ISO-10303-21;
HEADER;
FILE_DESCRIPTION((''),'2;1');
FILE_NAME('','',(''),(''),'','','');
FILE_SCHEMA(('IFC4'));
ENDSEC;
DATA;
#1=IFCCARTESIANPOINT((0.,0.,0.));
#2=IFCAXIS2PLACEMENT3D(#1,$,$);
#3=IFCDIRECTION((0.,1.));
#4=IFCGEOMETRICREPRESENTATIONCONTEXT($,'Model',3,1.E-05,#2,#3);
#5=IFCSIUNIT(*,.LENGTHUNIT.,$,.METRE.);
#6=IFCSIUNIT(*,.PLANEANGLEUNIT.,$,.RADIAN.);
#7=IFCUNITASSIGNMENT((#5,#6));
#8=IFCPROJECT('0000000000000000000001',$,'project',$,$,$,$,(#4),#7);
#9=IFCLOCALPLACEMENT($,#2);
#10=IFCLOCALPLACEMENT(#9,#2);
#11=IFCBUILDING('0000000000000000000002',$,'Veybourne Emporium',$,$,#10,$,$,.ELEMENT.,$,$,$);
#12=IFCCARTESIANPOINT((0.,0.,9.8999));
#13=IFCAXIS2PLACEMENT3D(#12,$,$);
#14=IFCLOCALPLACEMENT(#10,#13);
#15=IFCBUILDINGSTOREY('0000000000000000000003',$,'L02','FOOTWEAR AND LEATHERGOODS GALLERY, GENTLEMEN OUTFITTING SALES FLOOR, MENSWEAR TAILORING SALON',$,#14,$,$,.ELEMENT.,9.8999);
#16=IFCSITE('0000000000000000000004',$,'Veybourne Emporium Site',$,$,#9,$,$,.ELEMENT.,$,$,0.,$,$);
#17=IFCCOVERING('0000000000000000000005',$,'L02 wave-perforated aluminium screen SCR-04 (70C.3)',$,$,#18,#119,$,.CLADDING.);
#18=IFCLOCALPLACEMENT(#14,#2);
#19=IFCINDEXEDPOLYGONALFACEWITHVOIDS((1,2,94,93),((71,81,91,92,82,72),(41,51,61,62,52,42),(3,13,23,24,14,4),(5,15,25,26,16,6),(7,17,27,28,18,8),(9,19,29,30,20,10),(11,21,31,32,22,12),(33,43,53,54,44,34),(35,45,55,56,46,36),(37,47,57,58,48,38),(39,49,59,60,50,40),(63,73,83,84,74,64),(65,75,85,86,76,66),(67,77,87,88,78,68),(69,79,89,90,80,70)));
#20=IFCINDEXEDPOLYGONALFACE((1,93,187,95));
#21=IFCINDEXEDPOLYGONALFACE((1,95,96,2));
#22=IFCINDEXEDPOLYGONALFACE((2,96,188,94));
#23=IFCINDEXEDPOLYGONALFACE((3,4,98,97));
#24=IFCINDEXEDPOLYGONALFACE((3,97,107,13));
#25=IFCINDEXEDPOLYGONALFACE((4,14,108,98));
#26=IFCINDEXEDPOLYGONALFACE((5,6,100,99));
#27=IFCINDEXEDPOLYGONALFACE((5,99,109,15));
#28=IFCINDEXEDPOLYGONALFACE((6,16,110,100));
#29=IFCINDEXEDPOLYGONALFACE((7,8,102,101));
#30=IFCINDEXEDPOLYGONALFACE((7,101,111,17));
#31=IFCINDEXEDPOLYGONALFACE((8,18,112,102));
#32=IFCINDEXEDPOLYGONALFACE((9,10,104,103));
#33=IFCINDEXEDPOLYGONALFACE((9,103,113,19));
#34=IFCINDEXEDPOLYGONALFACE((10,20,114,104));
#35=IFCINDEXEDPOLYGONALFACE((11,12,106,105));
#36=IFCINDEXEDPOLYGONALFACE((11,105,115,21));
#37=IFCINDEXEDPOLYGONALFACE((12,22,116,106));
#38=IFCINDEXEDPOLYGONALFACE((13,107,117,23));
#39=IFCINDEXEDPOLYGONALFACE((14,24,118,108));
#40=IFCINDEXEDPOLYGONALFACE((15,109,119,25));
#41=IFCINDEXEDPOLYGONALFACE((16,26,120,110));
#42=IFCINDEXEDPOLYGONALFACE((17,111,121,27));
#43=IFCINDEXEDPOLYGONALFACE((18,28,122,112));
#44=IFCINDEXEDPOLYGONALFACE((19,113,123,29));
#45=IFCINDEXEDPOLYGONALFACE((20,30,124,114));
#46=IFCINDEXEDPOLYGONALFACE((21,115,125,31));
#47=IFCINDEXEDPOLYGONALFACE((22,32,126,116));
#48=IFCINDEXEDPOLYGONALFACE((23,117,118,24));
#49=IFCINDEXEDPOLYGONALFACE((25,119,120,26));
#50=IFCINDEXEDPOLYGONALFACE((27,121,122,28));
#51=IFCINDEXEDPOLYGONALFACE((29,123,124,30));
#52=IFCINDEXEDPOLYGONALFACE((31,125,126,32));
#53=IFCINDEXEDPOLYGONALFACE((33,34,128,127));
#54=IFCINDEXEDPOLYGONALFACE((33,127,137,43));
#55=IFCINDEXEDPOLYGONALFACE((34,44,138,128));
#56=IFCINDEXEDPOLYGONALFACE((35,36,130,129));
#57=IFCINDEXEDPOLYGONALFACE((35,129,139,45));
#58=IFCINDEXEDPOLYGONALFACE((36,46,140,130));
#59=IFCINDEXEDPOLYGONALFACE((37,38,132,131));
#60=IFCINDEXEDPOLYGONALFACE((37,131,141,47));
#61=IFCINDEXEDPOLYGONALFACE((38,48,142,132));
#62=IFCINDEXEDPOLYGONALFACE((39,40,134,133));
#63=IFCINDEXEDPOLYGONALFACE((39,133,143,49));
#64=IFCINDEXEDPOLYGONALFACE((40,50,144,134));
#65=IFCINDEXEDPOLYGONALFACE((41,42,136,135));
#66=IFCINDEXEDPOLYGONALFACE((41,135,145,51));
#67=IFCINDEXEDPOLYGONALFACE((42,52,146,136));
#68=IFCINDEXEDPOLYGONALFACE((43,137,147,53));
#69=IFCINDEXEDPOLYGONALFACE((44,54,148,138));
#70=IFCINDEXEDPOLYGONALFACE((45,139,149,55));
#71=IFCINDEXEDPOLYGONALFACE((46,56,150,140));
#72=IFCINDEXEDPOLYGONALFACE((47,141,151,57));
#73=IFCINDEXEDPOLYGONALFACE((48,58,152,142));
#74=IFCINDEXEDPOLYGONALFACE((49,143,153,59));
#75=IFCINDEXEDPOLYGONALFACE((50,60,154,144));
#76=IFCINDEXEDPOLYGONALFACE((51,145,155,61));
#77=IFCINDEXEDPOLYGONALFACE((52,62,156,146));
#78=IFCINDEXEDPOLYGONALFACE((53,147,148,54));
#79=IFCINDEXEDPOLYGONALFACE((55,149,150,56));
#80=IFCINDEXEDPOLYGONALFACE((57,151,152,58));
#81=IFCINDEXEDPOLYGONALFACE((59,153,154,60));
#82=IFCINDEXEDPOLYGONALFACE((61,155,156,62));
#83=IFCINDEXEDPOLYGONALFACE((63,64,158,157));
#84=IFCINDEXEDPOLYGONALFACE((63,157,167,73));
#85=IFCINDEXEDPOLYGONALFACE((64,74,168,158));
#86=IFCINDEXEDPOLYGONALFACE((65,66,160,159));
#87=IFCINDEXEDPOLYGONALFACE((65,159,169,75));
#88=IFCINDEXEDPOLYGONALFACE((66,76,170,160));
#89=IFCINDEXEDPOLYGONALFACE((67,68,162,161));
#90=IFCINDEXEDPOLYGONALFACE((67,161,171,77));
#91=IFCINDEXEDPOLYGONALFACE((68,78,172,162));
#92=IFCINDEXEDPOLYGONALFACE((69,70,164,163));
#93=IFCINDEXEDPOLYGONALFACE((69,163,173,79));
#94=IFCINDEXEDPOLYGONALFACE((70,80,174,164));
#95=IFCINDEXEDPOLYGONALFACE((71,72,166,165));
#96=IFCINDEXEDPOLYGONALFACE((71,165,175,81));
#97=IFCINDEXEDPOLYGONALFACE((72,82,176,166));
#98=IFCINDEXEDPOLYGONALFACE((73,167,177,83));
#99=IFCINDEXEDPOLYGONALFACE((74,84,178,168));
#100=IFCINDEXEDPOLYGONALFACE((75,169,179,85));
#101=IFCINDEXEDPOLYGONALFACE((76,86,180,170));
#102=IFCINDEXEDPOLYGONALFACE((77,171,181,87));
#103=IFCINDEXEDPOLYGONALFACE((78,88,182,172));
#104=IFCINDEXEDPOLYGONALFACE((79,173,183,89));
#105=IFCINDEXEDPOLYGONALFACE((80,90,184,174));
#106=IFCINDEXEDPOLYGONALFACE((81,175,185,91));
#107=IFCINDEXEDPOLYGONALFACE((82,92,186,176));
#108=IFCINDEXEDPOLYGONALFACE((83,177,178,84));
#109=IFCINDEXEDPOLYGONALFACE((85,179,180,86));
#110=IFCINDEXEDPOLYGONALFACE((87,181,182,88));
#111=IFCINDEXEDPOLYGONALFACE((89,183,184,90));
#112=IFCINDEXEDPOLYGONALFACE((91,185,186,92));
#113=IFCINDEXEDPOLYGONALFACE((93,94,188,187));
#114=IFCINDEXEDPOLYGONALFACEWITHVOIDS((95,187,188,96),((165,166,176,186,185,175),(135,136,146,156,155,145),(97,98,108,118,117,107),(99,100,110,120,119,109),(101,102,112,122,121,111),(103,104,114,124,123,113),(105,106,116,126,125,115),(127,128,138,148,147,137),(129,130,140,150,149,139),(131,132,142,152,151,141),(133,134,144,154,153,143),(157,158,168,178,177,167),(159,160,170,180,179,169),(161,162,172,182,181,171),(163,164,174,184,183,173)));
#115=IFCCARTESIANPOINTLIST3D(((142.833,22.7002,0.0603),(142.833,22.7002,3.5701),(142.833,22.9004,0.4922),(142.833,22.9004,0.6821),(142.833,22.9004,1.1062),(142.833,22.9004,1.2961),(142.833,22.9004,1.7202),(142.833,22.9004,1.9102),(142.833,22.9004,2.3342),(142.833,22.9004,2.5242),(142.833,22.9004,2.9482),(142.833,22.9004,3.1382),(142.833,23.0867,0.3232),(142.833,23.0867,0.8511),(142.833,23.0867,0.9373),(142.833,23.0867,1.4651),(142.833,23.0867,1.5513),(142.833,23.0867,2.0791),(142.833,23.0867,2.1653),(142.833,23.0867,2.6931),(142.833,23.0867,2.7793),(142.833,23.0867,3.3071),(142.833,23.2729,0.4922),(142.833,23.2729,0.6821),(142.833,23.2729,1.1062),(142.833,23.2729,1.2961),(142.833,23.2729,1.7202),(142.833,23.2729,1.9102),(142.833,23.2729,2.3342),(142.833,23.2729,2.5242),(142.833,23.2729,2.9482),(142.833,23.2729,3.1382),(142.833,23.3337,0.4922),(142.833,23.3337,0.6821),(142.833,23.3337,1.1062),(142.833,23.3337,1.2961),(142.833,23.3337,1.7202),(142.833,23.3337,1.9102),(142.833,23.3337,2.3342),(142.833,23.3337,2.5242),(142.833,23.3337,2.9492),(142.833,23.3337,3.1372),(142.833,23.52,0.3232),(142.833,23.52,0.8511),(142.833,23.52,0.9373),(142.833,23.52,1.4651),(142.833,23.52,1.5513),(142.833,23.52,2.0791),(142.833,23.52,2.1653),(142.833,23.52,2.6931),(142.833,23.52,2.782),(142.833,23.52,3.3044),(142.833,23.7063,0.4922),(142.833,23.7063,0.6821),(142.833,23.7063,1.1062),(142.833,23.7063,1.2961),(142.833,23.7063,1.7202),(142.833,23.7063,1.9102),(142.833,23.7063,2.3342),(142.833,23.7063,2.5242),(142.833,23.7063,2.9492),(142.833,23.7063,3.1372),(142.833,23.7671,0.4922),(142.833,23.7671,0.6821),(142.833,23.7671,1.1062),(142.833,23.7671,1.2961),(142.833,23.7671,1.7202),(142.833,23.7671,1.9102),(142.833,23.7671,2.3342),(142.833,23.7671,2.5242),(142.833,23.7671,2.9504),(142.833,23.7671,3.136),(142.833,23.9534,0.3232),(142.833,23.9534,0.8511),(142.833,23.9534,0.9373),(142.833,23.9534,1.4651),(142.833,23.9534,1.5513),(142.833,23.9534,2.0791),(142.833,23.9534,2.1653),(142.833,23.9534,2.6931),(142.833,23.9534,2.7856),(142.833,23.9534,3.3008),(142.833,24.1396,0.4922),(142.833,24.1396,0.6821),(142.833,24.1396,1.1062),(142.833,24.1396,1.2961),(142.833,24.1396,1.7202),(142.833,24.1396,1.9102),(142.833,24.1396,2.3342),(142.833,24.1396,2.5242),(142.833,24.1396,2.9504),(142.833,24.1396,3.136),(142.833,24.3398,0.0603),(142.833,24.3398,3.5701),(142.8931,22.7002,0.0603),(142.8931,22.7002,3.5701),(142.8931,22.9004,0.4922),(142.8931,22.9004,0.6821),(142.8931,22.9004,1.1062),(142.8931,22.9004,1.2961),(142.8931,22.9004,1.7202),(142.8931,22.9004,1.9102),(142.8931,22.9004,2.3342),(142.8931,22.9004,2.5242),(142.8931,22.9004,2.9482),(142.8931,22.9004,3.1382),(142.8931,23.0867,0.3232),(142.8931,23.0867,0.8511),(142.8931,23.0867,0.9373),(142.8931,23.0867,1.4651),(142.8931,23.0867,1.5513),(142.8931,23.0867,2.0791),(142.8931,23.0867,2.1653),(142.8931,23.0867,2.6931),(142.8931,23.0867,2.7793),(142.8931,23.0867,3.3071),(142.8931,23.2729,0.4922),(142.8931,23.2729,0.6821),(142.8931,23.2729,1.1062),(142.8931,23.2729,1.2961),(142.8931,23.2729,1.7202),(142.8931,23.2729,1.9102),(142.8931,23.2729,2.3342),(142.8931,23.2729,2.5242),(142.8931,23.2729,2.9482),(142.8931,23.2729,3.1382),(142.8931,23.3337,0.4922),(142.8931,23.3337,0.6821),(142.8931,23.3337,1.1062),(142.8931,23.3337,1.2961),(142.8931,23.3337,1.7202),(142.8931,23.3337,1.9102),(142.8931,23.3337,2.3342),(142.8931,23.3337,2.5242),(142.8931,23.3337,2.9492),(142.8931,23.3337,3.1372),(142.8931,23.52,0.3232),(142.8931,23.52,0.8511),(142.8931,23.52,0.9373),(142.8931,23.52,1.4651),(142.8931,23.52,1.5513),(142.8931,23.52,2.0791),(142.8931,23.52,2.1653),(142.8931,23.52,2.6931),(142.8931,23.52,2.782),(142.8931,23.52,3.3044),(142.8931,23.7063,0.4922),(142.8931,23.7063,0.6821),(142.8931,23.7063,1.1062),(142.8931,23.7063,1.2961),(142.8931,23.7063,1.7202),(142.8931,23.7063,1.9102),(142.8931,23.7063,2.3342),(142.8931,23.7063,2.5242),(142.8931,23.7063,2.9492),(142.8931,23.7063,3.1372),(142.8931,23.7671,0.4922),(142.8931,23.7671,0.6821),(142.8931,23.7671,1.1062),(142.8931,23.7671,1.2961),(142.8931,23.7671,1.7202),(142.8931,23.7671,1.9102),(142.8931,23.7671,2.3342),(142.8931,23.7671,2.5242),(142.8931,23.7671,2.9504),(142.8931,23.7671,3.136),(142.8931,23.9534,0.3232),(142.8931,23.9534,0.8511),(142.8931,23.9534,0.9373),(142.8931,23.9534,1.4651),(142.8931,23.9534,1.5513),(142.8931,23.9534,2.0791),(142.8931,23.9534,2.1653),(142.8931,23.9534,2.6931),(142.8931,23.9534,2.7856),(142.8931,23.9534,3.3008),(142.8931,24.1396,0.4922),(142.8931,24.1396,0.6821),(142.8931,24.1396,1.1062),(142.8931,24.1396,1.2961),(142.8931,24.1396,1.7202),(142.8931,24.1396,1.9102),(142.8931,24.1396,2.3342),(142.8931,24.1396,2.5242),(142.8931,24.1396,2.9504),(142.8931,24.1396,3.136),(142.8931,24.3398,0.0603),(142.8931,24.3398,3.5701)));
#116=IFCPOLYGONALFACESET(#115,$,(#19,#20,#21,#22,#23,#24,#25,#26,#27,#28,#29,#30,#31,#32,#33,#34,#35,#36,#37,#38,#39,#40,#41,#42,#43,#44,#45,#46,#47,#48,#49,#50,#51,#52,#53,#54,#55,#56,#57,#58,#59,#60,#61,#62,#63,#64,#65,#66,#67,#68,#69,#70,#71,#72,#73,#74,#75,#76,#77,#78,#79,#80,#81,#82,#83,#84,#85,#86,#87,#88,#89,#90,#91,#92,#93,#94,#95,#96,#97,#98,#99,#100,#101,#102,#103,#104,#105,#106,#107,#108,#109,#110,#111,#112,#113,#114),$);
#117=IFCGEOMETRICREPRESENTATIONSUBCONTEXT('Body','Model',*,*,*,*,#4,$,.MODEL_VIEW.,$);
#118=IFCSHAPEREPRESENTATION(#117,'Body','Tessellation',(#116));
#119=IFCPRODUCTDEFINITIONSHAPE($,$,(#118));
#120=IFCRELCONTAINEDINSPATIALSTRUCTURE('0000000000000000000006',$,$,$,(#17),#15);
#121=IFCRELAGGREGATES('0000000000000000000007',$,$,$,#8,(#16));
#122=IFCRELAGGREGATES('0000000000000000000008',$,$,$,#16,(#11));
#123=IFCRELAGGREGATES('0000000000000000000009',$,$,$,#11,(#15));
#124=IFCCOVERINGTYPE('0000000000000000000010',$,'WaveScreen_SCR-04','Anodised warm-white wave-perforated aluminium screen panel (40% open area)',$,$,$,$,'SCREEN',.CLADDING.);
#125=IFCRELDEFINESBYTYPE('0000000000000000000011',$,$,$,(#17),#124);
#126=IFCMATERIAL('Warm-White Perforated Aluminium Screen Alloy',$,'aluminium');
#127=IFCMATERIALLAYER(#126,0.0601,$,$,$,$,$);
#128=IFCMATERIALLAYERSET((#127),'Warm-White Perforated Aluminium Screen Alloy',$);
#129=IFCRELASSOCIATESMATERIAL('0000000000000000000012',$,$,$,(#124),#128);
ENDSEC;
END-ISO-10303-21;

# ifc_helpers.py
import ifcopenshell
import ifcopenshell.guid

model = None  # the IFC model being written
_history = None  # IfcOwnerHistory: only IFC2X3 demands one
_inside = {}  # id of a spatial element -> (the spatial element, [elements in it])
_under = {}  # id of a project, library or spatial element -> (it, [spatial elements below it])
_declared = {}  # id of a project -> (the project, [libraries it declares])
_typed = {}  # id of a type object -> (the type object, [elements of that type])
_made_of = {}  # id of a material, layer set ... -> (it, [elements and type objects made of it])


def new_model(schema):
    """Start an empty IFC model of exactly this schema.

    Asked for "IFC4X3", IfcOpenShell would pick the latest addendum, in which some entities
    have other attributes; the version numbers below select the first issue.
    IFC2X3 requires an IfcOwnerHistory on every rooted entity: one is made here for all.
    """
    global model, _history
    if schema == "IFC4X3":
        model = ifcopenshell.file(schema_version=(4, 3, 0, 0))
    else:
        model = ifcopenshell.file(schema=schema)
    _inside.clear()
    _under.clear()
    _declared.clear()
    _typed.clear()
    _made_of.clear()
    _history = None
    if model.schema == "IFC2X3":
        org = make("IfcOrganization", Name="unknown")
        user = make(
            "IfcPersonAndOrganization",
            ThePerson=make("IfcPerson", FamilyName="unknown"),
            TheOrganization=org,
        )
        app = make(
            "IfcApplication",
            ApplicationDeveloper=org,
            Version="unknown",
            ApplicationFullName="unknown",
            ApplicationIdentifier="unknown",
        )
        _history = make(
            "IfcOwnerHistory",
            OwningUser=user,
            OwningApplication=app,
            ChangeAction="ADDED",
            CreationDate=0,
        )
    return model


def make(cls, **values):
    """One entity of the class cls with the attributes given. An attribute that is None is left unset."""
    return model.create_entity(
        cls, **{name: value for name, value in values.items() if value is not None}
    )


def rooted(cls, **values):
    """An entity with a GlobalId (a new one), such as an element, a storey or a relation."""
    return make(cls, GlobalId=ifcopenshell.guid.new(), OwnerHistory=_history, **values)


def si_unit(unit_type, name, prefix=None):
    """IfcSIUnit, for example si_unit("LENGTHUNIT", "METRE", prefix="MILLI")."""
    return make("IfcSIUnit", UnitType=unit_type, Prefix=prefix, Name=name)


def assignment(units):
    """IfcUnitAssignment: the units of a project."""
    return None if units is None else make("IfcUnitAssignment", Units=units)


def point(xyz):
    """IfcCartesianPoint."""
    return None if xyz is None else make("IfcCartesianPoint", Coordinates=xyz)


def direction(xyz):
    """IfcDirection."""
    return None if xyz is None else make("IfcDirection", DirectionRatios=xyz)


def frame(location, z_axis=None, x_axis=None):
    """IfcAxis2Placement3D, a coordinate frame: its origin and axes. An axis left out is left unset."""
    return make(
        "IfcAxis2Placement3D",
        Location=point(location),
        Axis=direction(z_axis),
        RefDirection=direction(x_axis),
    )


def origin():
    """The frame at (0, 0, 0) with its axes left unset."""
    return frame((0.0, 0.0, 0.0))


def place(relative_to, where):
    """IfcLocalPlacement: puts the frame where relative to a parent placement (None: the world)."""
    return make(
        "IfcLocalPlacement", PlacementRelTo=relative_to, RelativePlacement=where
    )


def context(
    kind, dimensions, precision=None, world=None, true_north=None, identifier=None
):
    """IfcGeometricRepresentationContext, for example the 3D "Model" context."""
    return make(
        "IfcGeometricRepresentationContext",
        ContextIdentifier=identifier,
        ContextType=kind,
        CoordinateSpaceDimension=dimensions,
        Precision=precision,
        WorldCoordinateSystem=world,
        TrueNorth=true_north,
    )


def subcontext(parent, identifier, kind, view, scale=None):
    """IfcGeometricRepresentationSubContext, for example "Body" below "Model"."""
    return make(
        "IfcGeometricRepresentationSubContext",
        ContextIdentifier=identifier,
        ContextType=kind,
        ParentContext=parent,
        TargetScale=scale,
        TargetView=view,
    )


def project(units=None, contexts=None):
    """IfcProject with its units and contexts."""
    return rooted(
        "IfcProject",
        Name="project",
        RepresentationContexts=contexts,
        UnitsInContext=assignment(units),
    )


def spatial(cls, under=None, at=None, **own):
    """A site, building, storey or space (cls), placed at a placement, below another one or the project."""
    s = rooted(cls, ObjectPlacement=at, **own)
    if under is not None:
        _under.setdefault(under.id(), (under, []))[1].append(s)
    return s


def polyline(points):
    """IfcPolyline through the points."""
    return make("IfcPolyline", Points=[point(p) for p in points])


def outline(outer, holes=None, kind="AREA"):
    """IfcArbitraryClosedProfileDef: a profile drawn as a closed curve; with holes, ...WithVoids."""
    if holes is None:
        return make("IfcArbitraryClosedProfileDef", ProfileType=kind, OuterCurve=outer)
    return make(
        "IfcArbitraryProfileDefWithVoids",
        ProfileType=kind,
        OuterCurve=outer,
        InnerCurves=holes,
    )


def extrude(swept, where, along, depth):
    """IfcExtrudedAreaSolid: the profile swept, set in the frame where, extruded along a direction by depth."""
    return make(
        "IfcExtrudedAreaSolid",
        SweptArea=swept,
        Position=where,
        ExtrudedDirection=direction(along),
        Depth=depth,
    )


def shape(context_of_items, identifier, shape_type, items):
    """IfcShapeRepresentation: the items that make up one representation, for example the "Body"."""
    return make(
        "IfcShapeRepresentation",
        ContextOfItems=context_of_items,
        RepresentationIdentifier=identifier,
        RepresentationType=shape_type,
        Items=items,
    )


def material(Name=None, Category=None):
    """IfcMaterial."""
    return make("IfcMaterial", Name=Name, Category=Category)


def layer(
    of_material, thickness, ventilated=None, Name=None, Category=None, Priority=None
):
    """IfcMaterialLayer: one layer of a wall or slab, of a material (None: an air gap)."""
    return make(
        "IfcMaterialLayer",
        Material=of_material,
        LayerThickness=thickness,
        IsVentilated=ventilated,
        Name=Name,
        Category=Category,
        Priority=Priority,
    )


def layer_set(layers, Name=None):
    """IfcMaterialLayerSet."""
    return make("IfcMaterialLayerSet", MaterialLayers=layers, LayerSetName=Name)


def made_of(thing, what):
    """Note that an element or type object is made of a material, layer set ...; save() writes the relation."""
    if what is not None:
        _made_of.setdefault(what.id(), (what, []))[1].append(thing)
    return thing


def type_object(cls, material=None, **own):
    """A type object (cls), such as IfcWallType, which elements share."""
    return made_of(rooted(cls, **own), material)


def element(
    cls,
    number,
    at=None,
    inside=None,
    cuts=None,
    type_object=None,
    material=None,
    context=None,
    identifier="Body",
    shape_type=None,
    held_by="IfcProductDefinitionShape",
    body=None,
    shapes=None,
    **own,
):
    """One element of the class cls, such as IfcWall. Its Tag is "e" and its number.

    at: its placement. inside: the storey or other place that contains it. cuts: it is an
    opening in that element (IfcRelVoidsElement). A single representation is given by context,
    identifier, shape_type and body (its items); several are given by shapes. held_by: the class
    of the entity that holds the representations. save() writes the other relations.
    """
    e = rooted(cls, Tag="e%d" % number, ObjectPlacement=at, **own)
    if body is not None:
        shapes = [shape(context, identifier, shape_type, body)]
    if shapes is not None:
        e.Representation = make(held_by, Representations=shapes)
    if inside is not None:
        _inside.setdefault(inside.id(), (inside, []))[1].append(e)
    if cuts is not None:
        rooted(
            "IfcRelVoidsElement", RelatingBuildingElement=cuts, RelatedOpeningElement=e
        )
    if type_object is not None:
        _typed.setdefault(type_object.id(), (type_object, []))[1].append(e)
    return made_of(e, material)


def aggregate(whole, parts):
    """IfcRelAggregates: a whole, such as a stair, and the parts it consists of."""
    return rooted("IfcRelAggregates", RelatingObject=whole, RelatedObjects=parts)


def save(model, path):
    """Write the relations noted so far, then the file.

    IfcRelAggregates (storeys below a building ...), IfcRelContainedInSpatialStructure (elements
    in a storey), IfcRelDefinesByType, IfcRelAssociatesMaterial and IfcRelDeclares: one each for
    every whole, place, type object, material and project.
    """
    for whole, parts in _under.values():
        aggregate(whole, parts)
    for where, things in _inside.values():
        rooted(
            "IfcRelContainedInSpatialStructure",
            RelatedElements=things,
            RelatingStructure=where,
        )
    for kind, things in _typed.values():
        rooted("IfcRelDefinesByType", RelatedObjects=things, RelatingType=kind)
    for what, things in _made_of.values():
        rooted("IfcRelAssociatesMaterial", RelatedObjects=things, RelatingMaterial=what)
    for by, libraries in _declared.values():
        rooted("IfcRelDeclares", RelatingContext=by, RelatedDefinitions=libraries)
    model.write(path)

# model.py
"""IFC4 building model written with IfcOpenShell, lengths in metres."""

from ifc_helpers import new_model, si_unit, direction, frame, origin, place, context, subcontext, project, spatial, polyline, outline, extrude, material, layer, layer_set, type_object, element, save


model = new_model("IFC4")

# Units and contexts
model_context = context("Model", 3, precision=1e-05, world=origin(), true_north=direction((0.0, 1.0)))
body_context = subcontext(model_context, "Body", "Model", "MODEL_VIEW")
ifc_project = project(units=[si_unit("LENGTHUNIT", "METRE"), si_unit("PLANEANGLEUNIT", "RADIAN")], contexts=[model_context])

# Site, building, storey
site_placement = place(None, origin())
site = spatial("IfcSite", under=ifc_project, at=site_placement, Name="Veybourne Emporium Site", CompositionType="ELEMENT", RefElevation=0.0)
building_placement = place(site_placement, origin())
building = spatial("IfcBuilding", under=site, at=building_placement, Name="Veybourne Emporium", CompositionType="ELEMENT")
storey_placement = place(building_placement, frame((0.0, 0.0, 9.8999)))
storey = spatial("IfcBuildingStorey", under=building, at=storey_placement, Name="L02", Description="FOOTWEAR AND LEATHERGOODS GALLERY, GENTLEMEN OUTFITTING SALES FLOOR, MENSWEAR TAILORING SALON", CompositionType="ELEMENT", Elevation=9.8999)

# Covering
ifc_material_1 = material(Name="Warm-White Perforated Aluminium Screen Alloy", Category="aluminium")
ifc_layer_1 = layer(ifc_material_1, 0.0601)
ifc_layer_set_1 = layer_set([ifc_layer_1], Name="Warm-White Perforated Aluminium Screen Alloy")
covering_type_1 = type_object("IfcCoveringType", Name="WaveScreen_SCR-04", Description="Anodised warm-white wave-perforated aluminium screen panel (40% open area)", ElementType="SCREEN", PredefinedType="CLADDING", material=ifc_layer_set_1)
covering_1_placement = place(storey_placement, frame((142.8931, 23.52, 1.8152), z_axis=(-1.0, 0.0, 0.0), x_axis=(0.0, -1.0, 0.0)))
element("IfcCovering", 1, at=covering_1_placement, inside=storey, type_object=covering_type_1, Name="L02 wave-perforated aluminium screen SCR-04 (70C.3)", PredefinedType="CLADDING", context=body_context, shape_type="SweptSolid", body=[
    extrude(outline(polyline([(-0.8198, -1.7549), (0.8198, -1.7549), (0.8198, 1.7549), (-0.8198, 1.7549), (-0.8198, -1.7549)]), holes=[polyline([(-0.4333, -0.9641), (-0.2471, -1.1331), (-0.2471, -1.323), (-0.4333, -1.4919), (-0.6196, -1.323), (-0.6196, -1.1331), (-0.4333, -0.9641)]), polyline([(-0.4333, -0.3501), (-0.2471, -0.519), (-0.2471, -0.709), (-0.4333, -0.8779), (-0.6196, -0.709), (-0.6196, -0.519), (-0.4333, -0.3501)]), polyline([(-0.4333, 0.2639), (-0.2471, 0.095), (-0.2471, -0.095), (-0.4333, -0.2639), (-0.6196, -0.095), (-0.6196, 0.095), (-0.4333, 0.2639)]), polyline([(-0.4333, 0.8779), (-0.2471, 0.709), (-0.2471, 0.519), (-0.4333, 0.3501), (-0.6196, 0.519), (-0.6196, 0.709), (-0.4333, 0.8779)]), polyline([(-0.4333, 1.4856), (-0.2471, 1.3208), (-0.2471, 1.1353), (-0.4333, 0.9705), (-0.6196, 1.1353), (-0.6196, 1.3208), (-0.4333, 1.4856)]), polyline([(0.0, -0.9641), (0.1863, -1.1331), (0.1863, -1.323), (0.0, -1.4919), (-0.1863, -1.323), (-0.1863, -1.1331), (0.0, -0.9641)]), polyline([(0.0, -0.3501), (0.1863, -0.519), (0.1863, -0.709), (0.0, -0.8779), (-0.1863, -0.709), (-0.1863, -0.519), (0.0, -0.3501)]), polyline([(0.0, 0.2639), (0.1863, 0.095), (0.1863, -0.095), (0.0, -0.2639), (-0.1863, -0.095), (-0.1863, 0.095), (0.0, 0.2639)]), polyline([(0.0, 0.8779), (0.1863, 0.709), (0.1863, 0.519), (0.0, 0.3501), (-0.1863, 0.519), (-0.1863, 0.709), (0.0, 0.8779)]), polyline([(0.0, 1.4893), (0.1863, 1.322), (0.1863, 1.134), (0.0, 0.9668), (-0.1863, 1.134), (-0.1863, 1.322), (0.0, 1.4893)]), polyline([(0.4333, -0.9641), (0.6196, -1.1331), (0.6196, -1.323), (0.4333, -1.4919), (0.2471, -1.323), (0.2471, -1.1331), (0.4333, -0.9641)]), polyline([(0.4333, -0.3501), (0.6196, -0.519), (0.6196, -0.709), (0.4333, -0.8779), (0.2471, -0.709), (0.2471, -0.519), (0.4333, -0.3501)]), polyline([(0.4333, 0.2639), (0.6196, 0.095), (0.6196, -0.095), (0.4333, -0.2639), (0.2471, -0.095), (0.2471, 0.095), (0.4333, 0.2639)]), polyline([(0.4333, 0.8779), (0.6196, 0.709), (0.6196, 0.519), (0.4333, 0.3501), (0.2471, 0.519), (0.2471, 0.709), (0.4333, 0.8779)]), polyline([(0.4333, 1.4919), (0.6196, 1.323), (0.6196, 1.1331), (0.4333, 0.9641), (0.2471, 1.1331), (0.2471, 1.323), (0.4333, 1.4919)])]), origin(), (0.0, 0.0, 1.0), 0.0601),
])

save(model, "model.ifc")
